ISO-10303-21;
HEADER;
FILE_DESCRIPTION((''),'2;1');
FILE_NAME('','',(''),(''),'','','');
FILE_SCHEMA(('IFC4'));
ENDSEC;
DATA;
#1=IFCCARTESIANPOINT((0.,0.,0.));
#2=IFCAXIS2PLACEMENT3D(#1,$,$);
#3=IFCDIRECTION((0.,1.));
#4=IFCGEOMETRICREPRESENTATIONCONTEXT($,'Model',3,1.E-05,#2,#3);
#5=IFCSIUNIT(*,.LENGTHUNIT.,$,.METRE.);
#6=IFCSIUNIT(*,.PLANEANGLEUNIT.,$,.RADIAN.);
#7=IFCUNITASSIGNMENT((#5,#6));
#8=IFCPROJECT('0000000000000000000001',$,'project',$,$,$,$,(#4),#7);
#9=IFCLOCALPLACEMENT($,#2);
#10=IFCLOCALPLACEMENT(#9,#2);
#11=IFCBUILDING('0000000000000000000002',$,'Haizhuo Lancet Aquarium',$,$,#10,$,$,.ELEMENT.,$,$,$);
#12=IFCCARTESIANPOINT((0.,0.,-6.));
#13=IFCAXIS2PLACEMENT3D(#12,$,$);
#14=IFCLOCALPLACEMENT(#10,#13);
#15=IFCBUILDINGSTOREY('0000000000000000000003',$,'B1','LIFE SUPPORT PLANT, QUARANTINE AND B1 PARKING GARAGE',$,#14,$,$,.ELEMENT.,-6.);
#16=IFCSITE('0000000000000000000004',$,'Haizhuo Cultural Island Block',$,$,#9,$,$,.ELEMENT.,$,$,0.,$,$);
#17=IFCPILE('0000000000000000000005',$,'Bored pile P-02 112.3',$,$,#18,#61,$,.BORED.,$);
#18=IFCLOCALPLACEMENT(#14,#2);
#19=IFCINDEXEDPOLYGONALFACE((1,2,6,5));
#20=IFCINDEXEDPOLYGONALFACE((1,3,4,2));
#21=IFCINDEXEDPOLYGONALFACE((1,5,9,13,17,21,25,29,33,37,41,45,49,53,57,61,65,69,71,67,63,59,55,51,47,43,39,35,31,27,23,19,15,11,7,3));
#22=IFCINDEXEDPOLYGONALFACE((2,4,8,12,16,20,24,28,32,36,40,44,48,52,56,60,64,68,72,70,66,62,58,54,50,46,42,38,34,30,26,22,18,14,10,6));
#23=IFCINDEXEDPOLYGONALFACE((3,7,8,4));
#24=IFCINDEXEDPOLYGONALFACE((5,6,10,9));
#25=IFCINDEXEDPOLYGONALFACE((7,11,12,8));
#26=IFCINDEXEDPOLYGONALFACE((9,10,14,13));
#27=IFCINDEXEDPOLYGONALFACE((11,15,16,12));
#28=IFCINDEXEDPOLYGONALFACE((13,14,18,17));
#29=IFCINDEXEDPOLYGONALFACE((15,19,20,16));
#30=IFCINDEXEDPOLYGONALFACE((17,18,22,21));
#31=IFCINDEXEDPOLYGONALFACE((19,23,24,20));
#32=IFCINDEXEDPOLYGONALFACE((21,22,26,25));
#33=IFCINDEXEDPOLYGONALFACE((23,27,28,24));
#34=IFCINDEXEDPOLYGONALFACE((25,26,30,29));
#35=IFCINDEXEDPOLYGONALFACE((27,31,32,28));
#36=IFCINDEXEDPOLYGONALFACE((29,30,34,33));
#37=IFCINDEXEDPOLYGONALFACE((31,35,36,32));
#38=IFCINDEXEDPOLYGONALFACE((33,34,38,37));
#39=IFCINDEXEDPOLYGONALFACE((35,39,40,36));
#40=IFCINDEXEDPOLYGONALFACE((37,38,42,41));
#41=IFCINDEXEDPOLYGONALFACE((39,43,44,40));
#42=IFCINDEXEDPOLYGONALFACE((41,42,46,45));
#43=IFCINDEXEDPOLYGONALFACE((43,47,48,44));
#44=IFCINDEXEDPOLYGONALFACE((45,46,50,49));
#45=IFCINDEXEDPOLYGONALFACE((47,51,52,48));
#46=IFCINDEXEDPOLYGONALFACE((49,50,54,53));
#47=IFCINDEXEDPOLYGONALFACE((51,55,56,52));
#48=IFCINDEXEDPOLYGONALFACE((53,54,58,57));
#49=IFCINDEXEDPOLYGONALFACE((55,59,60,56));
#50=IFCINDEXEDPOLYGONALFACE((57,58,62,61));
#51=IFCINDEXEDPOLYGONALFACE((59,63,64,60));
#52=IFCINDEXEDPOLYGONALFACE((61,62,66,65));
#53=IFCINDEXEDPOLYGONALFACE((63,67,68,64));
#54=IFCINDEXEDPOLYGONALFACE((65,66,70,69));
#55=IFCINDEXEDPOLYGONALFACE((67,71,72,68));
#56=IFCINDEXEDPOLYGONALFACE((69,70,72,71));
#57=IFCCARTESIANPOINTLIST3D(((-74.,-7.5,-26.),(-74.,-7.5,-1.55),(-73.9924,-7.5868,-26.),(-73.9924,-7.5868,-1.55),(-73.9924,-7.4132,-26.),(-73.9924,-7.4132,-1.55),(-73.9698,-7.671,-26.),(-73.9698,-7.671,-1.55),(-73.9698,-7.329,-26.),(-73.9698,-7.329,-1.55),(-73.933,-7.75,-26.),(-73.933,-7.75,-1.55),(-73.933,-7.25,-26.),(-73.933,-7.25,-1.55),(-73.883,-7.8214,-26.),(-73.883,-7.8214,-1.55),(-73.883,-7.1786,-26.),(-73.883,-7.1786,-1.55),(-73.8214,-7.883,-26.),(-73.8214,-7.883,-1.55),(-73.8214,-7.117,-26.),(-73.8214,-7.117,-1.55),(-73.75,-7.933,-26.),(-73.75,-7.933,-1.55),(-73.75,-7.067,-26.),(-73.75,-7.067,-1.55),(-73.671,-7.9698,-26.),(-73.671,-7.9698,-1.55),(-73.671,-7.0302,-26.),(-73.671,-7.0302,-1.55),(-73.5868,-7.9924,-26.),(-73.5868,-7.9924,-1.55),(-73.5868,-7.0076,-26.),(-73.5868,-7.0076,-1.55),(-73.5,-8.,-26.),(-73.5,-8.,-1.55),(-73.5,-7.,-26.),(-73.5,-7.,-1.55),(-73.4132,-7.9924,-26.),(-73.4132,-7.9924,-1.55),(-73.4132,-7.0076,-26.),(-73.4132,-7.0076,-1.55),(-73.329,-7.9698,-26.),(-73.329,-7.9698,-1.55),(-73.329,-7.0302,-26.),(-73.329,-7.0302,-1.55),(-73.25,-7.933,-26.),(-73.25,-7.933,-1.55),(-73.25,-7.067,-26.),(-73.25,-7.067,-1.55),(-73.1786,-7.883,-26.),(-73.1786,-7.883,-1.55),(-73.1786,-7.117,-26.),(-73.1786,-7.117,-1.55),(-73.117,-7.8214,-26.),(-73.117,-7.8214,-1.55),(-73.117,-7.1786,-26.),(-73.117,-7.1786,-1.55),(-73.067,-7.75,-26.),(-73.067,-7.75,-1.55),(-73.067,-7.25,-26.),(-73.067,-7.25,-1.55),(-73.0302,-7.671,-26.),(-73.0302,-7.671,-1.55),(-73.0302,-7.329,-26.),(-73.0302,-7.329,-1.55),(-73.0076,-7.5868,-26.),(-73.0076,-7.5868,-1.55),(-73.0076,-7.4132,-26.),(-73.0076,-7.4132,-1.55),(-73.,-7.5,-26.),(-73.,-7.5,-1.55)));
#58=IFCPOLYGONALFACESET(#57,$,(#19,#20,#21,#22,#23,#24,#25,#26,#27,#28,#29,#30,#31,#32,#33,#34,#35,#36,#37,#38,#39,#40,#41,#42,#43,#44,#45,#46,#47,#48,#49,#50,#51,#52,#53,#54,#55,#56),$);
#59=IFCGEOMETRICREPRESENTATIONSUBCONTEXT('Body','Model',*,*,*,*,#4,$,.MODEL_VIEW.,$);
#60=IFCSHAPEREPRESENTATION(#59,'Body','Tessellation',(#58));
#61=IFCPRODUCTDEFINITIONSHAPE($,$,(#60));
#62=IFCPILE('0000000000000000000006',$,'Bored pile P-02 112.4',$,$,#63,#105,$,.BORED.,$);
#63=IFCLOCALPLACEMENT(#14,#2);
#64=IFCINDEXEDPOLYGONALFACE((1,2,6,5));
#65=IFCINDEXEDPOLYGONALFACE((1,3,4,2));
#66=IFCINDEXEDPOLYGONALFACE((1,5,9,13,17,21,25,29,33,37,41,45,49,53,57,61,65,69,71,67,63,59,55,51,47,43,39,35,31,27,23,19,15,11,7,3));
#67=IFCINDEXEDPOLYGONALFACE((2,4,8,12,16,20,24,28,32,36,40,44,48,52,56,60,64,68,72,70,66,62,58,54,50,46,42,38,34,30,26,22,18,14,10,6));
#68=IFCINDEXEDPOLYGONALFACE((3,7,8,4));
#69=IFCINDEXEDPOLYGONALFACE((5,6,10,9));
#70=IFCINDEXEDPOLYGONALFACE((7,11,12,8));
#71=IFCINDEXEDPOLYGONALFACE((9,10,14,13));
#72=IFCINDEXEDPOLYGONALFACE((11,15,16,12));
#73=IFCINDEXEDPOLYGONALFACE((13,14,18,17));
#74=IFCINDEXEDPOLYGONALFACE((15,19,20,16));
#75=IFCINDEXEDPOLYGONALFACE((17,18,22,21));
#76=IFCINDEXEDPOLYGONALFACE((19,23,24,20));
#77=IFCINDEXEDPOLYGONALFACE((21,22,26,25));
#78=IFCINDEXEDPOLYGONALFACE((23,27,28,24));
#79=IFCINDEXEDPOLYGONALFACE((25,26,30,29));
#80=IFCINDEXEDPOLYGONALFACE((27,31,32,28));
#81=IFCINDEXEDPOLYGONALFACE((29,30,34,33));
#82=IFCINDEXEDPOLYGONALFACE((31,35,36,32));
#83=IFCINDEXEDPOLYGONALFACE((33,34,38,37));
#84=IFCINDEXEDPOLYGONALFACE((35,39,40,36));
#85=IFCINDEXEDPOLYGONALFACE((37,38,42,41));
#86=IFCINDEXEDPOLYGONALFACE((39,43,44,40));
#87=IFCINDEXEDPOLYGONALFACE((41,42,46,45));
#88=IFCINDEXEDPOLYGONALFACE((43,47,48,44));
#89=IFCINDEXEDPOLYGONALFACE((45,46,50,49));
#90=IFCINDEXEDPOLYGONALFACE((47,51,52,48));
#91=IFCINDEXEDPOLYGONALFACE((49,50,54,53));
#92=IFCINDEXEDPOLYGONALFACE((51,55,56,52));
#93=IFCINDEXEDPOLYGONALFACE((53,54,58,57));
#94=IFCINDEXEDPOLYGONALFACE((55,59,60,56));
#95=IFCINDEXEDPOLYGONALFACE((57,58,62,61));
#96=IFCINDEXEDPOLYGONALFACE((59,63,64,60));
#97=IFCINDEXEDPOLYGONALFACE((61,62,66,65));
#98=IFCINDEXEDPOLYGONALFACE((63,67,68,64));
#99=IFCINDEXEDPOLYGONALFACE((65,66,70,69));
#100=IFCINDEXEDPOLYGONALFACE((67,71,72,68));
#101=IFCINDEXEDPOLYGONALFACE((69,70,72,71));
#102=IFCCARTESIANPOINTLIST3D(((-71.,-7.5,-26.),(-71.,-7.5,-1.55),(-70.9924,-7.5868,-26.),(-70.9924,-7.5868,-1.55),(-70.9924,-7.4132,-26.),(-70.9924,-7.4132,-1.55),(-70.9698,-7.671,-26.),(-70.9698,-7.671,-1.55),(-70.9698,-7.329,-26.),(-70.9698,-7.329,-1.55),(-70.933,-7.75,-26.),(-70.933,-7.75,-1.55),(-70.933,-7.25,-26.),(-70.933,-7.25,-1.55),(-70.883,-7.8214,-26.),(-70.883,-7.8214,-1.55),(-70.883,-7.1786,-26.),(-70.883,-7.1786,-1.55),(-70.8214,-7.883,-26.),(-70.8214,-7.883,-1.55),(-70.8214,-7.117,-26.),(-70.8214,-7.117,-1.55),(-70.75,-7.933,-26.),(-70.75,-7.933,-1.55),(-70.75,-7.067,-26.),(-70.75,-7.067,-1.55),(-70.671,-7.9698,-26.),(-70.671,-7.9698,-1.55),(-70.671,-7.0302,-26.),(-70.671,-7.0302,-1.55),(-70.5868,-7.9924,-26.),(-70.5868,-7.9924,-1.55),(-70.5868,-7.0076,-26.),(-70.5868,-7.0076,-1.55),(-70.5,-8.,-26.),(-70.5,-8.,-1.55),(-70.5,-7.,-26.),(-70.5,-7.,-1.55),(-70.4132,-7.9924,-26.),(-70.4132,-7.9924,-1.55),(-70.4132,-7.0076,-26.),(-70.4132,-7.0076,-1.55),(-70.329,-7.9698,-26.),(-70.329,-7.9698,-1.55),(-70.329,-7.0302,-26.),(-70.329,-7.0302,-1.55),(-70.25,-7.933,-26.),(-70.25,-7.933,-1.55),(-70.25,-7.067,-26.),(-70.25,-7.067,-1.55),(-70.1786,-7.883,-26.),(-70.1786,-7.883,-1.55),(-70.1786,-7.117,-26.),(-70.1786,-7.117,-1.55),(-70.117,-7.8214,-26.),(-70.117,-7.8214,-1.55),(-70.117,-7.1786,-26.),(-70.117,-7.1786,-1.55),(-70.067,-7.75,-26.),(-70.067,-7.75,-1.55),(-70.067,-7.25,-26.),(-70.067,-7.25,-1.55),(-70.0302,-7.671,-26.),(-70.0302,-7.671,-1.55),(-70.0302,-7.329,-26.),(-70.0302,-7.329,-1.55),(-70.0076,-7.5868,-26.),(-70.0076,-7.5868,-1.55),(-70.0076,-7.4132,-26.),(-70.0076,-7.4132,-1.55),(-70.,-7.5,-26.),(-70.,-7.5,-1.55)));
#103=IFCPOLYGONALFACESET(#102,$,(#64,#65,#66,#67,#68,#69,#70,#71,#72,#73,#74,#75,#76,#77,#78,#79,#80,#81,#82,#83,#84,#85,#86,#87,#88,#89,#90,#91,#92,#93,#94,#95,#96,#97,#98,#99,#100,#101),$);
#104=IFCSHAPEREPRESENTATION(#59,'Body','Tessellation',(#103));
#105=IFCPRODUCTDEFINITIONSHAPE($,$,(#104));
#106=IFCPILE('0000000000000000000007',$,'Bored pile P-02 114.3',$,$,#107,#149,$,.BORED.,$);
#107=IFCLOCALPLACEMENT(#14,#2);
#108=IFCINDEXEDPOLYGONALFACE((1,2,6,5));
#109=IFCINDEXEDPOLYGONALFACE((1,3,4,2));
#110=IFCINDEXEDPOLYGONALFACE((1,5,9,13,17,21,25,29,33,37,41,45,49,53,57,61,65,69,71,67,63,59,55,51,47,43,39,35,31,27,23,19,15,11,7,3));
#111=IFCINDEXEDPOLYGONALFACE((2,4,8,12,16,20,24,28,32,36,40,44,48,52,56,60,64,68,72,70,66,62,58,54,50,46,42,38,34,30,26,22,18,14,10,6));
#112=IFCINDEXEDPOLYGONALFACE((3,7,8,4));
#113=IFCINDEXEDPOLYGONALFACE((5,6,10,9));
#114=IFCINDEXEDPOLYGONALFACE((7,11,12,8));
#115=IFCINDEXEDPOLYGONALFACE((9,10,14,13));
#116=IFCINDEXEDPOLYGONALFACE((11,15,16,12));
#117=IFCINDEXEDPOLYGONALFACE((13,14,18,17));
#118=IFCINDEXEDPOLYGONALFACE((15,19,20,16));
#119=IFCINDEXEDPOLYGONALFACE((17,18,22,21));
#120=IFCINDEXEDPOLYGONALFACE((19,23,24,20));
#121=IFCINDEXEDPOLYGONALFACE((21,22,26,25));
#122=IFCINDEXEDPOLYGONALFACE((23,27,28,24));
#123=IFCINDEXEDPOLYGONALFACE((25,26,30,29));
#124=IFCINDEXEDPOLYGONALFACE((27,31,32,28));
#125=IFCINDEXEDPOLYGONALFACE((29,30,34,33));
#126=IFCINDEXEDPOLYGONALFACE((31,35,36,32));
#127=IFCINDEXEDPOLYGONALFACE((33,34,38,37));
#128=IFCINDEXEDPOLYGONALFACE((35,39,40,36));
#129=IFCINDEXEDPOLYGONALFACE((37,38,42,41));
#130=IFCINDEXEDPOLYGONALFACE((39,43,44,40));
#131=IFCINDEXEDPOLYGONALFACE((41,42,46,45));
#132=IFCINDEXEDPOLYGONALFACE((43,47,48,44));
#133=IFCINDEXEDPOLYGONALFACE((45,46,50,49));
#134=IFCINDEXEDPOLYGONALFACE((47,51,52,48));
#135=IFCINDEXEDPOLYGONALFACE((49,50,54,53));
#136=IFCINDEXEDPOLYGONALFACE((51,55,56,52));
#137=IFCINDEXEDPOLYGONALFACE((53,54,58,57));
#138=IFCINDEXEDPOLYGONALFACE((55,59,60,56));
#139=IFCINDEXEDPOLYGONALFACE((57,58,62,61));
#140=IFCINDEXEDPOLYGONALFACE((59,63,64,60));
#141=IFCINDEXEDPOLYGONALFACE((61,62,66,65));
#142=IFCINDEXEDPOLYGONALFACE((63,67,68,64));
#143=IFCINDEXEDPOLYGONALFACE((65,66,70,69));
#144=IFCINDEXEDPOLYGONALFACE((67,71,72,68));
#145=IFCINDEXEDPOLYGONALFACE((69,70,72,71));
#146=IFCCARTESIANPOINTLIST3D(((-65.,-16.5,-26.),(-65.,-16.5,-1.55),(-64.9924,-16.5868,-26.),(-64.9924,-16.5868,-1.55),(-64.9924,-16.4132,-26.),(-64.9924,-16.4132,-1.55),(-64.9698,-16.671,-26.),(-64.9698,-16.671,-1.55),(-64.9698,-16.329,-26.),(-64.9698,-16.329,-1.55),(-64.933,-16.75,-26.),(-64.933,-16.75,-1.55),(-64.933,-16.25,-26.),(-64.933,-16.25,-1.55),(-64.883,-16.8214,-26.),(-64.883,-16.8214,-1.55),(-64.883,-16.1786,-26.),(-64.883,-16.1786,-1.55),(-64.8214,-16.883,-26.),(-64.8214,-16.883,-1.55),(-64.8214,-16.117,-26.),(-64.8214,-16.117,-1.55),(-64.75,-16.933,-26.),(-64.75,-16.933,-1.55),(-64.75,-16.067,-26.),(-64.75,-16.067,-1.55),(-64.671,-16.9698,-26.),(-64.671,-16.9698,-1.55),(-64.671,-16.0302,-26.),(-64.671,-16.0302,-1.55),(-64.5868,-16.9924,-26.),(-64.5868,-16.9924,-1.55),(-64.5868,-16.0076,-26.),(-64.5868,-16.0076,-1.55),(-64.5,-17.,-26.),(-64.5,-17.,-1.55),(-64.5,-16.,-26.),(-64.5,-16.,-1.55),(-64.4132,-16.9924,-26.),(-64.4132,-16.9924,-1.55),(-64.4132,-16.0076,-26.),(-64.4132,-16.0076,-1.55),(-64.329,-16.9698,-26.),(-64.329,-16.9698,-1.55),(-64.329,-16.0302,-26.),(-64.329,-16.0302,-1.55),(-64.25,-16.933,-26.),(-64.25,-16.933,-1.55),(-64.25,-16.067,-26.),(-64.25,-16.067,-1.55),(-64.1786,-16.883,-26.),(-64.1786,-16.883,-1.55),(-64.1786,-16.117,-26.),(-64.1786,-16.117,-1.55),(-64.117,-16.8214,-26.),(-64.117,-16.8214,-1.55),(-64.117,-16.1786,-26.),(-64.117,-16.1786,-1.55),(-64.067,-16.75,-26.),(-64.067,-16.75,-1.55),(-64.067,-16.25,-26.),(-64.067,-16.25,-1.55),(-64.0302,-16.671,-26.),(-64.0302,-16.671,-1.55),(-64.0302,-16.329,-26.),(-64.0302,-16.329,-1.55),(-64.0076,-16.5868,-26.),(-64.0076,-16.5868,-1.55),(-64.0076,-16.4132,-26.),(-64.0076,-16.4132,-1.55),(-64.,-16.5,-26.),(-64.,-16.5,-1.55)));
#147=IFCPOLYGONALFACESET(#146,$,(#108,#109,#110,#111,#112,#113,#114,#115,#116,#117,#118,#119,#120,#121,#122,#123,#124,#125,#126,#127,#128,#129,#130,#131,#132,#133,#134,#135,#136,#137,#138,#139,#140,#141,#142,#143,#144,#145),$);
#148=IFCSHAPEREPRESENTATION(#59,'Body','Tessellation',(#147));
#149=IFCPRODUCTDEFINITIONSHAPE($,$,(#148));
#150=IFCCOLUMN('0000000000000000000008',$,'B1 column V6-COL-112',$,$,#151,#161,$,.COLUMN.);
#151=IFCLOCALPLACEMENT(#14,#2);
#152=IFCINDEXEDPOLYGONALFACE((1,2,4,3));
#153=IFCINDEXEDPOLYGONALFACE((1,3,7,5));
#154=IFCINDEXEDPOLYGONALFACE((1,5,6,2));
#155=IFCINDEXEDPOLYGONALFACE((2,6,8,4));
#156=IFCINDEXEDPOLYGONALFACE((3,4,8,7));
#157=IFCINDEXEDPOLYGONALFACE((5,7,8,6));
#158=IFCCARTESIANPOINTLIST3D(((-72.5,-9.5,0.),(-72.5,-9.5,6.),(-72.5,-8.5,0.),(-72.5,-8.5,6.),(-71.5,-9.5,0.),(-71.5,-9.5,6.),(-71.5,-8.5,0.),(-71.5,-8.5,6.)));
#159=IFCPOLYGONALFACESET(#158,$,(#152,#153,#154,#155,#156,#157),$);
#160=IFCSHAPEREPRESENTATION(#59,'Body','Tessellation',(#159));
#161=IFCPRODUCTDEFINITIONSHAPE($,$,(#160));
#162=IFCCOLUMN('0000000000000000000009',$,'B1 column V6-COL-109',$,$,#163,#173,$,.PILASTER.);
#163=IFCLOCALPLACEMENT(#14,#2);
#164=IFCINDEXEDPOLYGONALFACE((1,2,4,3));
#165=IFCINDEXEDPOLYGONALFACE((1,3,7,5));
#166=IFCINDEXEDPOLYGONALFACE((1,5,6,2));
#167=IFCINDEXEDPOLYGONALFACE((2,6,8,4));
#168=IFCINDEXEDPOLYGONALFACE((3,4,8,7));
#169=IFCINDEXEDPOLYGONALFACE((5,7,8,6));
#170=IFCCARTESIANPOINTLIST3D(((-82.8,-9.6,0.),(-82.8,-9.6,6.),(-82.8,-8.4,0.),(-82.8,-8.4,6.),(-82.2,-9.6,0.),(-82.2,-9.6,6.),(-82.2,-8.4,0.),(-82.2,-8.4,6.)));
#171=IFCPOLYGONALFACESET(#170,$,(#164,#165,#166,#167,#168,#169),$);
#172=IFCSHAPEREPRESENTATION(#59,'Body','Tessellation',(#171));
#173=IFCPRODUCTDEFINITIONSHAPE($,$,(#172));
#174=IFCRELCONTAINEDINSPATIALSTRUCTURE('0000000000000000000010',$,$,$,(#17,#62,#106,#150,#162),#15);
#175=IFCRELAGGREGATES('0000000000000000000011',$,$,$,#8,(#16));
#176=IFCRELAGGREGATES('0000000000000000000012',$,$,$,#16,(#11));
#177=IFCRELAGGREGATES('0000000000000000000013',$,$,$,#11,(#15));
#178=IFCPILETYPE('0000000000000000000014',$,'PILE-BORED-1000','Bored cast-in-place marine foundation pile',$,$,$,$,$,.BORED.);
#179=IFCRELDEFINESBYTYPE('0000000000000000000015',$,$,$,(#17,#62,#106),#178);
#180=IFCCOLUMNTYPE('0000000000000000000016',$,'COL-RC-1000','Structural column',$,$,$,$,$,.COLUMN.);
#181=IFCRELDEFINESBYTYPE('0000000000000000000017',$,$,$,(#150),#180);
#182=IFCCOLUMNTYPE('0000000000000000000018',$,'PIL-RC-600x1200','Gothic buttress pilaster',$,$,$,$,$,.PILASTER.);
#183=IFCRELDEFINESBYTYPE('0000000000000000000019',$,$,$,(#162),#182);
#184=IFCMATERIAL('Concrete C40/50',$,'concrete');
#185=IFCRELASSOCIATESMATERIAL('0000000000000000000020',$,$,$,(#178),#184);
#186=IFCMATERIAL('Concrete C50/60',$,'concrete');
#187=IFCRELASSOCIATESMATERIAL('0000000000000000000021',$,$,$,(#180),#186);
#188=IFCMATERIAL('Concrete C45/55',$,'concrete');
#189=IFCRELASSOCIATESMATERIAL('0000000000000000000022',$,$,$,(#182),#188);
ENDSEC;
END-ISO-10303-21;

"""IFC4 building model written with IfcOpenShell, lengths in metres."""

from ifc_helpers import new_model, si_unit, direction, frame, origin, origin_2d, place, context, subcontext, project, spatial, rectangle, circle, extrude, material, material_profile, profile_set, type_object, element, save


model = new_model("IFC4")

# Units and contexts
model_context = context("Model", 3, precision=1e-05, world=origin(), true_north=direction((0.0, 1.0)))
body_context = subcontext(model_context, "Body", "Model", "MODEL_VIEW")
ifc_project = project(units=[si_unit("LENGTHUNIT", "METRE"), si_unit("PLANEANGLEUNIT", "RADIAN")], contexts=[model_context])

# Site, building, storey
site_placement = place(None, origin())
site = spatial("IfcSite", under=ifc_project, at=site_placement, Name="Haizhuo Cultural Island Block", CompositionType="ELEMENT", RefElevation=0.0)
building_placement = place(site_placement, origin())
building = spatial("IfcBuilding", under=site, at=building_placement, Name="Haizhuo Lancet Aquarium", CompositionType="ELEMENT")
storey_placement = place(building_placement, frame((0.0, 0.0, -6.0)))
storey = spatial("IfcBuildingStorey", under=building, at=storey_placement, Name="B1", Description="LIFE SUPPORT PLANT, QUARANTINE AND B1 PARKING GARAGE", CompositionType="ELEMENT", Elevation=-6.0)

# Shared definitions
ifc_material_1 = material(Name="Concrete C40/50", Category="concrete")

# Piles
ifc_material_profile_1 = material_profile(ifc_material_1, circle(Radius=0.5, at=origin_2d()), Name="PILE-1000")
ifc_profile_set_1 = profile_set([ifc_material_profile_1], Name="Concrete C40/50")
pile_type = type_object("IfcPileType", Name="PILE-BORED-1000", Description="Bored cast-in-place marine foundation pile", PredefinedType="BORED", material=ifc_profile_set_1)
for number, where, z_axis, x_axis, name in (
    (1, (-73.5, -7.5, -1.55), (0.0, 0.0, -1.0), (1.0, 0.0, 0.0), "Bored pile P-02 112.3"),
    (2, (-70.5, -7.5, -1.55), (0.0, 0.0, -1.0), (1.0, 0.0, 0.0), "Bored pile P-02 112.4"),
    (3, (-64.5, -16.5, -1.55), (0.0, 0.0, -1.0), (1.0, 0.0, 0.0), "Bored pile P-02 114.3"),
):
    element("IfcPile", number, at=place(storey_placement, frame(where, z_axis=z_axis, x_axis=x_axis)), inside=storey, type_object=pile_type, Name=name, PredefinedType="BORED", context=body_context, shape_type="SweptSolid", body=[
        extrude(circle(Radius=0.5, at=origin_2d()), origin(), (0.0, 0.0, 1.0), 24.45),
    ])

# Columns
ifc_material_2 = material(Name="Concrete C50/60", Category="concrete")
ifc_material_profile_2 = material_profile(ifc_material_2, rectangle(XDim=1.0, YDim=1.0, at=origin_2d()), Name="RC-COL 1000x1000")
ifc_profile_set_2 = profile_set([ifc_material_profile_2], Name="Concrete C50/60")
column_type_1 = type_object("IfcColumnType", Name="COL-RC-1000", Description="Structural column", PredefinedType="COLUMN", material=ifc_profile_set_2)
column_1_placement = place(storey_placement, frame((-72.0, -9.0, 0.0), z_axis=(0.0, 0.0, 1.0), x_axis=(1.0, 0.0, 0.0)))
element("IfcColumn", 4, at=column_1_placement, inside=storey, type_object=column_type_1, Name="B1 column V6-COL-112", PredefinedType="COLUMN", context=body_context, shape_type="SweptSolid", body=[
    extrude(rectangle(XDim=1.0, YDim=1.0, at=origin_2d()), origin(), (0.0, 0.0, 1.0), 6.0),
])
ifc_material_3 = material(Name="Concrete C45/55", Category="concrete")
ifc_material_profile_3 = material_profile(ifc_material_3, rectangle(XDim=0.6001, YDim=1.2, at=origin_2d()), Name="RC-PIL 600x1200")
ifc_profile_set_3 = profile_set([ifc_material_profile_3], Name="Concrete C45/55")
column_type_2 = type_object("IfcColumnType", Name="PIL-RC-600x1200", Description="Gothic buttress pilaster", PredefinedType="PILASTER", material=ifc_profile_set_3)
column_2_placement = place(storey_placement, frame((-82.5, -9.0, 0.0), z_axis=(0.0, 0.0, 1.0), x_axis=(1.0, 0.0, 0.0)))
element("IfcColumn", 5, at=column_2_placement, inside=storey, type_object=column_type_2, Name="B1 column V6-COL-109", PredefinedType="PILASTER", context=body_context, shape_type="SweptSolid", body=[
    extrude(rectangle(XDim=0.6001, YDim=1.2, at=origin_2d()), origin(), (0.0, 0.0, 1.0), 6.0),
])

save(model, "model.ifc")
